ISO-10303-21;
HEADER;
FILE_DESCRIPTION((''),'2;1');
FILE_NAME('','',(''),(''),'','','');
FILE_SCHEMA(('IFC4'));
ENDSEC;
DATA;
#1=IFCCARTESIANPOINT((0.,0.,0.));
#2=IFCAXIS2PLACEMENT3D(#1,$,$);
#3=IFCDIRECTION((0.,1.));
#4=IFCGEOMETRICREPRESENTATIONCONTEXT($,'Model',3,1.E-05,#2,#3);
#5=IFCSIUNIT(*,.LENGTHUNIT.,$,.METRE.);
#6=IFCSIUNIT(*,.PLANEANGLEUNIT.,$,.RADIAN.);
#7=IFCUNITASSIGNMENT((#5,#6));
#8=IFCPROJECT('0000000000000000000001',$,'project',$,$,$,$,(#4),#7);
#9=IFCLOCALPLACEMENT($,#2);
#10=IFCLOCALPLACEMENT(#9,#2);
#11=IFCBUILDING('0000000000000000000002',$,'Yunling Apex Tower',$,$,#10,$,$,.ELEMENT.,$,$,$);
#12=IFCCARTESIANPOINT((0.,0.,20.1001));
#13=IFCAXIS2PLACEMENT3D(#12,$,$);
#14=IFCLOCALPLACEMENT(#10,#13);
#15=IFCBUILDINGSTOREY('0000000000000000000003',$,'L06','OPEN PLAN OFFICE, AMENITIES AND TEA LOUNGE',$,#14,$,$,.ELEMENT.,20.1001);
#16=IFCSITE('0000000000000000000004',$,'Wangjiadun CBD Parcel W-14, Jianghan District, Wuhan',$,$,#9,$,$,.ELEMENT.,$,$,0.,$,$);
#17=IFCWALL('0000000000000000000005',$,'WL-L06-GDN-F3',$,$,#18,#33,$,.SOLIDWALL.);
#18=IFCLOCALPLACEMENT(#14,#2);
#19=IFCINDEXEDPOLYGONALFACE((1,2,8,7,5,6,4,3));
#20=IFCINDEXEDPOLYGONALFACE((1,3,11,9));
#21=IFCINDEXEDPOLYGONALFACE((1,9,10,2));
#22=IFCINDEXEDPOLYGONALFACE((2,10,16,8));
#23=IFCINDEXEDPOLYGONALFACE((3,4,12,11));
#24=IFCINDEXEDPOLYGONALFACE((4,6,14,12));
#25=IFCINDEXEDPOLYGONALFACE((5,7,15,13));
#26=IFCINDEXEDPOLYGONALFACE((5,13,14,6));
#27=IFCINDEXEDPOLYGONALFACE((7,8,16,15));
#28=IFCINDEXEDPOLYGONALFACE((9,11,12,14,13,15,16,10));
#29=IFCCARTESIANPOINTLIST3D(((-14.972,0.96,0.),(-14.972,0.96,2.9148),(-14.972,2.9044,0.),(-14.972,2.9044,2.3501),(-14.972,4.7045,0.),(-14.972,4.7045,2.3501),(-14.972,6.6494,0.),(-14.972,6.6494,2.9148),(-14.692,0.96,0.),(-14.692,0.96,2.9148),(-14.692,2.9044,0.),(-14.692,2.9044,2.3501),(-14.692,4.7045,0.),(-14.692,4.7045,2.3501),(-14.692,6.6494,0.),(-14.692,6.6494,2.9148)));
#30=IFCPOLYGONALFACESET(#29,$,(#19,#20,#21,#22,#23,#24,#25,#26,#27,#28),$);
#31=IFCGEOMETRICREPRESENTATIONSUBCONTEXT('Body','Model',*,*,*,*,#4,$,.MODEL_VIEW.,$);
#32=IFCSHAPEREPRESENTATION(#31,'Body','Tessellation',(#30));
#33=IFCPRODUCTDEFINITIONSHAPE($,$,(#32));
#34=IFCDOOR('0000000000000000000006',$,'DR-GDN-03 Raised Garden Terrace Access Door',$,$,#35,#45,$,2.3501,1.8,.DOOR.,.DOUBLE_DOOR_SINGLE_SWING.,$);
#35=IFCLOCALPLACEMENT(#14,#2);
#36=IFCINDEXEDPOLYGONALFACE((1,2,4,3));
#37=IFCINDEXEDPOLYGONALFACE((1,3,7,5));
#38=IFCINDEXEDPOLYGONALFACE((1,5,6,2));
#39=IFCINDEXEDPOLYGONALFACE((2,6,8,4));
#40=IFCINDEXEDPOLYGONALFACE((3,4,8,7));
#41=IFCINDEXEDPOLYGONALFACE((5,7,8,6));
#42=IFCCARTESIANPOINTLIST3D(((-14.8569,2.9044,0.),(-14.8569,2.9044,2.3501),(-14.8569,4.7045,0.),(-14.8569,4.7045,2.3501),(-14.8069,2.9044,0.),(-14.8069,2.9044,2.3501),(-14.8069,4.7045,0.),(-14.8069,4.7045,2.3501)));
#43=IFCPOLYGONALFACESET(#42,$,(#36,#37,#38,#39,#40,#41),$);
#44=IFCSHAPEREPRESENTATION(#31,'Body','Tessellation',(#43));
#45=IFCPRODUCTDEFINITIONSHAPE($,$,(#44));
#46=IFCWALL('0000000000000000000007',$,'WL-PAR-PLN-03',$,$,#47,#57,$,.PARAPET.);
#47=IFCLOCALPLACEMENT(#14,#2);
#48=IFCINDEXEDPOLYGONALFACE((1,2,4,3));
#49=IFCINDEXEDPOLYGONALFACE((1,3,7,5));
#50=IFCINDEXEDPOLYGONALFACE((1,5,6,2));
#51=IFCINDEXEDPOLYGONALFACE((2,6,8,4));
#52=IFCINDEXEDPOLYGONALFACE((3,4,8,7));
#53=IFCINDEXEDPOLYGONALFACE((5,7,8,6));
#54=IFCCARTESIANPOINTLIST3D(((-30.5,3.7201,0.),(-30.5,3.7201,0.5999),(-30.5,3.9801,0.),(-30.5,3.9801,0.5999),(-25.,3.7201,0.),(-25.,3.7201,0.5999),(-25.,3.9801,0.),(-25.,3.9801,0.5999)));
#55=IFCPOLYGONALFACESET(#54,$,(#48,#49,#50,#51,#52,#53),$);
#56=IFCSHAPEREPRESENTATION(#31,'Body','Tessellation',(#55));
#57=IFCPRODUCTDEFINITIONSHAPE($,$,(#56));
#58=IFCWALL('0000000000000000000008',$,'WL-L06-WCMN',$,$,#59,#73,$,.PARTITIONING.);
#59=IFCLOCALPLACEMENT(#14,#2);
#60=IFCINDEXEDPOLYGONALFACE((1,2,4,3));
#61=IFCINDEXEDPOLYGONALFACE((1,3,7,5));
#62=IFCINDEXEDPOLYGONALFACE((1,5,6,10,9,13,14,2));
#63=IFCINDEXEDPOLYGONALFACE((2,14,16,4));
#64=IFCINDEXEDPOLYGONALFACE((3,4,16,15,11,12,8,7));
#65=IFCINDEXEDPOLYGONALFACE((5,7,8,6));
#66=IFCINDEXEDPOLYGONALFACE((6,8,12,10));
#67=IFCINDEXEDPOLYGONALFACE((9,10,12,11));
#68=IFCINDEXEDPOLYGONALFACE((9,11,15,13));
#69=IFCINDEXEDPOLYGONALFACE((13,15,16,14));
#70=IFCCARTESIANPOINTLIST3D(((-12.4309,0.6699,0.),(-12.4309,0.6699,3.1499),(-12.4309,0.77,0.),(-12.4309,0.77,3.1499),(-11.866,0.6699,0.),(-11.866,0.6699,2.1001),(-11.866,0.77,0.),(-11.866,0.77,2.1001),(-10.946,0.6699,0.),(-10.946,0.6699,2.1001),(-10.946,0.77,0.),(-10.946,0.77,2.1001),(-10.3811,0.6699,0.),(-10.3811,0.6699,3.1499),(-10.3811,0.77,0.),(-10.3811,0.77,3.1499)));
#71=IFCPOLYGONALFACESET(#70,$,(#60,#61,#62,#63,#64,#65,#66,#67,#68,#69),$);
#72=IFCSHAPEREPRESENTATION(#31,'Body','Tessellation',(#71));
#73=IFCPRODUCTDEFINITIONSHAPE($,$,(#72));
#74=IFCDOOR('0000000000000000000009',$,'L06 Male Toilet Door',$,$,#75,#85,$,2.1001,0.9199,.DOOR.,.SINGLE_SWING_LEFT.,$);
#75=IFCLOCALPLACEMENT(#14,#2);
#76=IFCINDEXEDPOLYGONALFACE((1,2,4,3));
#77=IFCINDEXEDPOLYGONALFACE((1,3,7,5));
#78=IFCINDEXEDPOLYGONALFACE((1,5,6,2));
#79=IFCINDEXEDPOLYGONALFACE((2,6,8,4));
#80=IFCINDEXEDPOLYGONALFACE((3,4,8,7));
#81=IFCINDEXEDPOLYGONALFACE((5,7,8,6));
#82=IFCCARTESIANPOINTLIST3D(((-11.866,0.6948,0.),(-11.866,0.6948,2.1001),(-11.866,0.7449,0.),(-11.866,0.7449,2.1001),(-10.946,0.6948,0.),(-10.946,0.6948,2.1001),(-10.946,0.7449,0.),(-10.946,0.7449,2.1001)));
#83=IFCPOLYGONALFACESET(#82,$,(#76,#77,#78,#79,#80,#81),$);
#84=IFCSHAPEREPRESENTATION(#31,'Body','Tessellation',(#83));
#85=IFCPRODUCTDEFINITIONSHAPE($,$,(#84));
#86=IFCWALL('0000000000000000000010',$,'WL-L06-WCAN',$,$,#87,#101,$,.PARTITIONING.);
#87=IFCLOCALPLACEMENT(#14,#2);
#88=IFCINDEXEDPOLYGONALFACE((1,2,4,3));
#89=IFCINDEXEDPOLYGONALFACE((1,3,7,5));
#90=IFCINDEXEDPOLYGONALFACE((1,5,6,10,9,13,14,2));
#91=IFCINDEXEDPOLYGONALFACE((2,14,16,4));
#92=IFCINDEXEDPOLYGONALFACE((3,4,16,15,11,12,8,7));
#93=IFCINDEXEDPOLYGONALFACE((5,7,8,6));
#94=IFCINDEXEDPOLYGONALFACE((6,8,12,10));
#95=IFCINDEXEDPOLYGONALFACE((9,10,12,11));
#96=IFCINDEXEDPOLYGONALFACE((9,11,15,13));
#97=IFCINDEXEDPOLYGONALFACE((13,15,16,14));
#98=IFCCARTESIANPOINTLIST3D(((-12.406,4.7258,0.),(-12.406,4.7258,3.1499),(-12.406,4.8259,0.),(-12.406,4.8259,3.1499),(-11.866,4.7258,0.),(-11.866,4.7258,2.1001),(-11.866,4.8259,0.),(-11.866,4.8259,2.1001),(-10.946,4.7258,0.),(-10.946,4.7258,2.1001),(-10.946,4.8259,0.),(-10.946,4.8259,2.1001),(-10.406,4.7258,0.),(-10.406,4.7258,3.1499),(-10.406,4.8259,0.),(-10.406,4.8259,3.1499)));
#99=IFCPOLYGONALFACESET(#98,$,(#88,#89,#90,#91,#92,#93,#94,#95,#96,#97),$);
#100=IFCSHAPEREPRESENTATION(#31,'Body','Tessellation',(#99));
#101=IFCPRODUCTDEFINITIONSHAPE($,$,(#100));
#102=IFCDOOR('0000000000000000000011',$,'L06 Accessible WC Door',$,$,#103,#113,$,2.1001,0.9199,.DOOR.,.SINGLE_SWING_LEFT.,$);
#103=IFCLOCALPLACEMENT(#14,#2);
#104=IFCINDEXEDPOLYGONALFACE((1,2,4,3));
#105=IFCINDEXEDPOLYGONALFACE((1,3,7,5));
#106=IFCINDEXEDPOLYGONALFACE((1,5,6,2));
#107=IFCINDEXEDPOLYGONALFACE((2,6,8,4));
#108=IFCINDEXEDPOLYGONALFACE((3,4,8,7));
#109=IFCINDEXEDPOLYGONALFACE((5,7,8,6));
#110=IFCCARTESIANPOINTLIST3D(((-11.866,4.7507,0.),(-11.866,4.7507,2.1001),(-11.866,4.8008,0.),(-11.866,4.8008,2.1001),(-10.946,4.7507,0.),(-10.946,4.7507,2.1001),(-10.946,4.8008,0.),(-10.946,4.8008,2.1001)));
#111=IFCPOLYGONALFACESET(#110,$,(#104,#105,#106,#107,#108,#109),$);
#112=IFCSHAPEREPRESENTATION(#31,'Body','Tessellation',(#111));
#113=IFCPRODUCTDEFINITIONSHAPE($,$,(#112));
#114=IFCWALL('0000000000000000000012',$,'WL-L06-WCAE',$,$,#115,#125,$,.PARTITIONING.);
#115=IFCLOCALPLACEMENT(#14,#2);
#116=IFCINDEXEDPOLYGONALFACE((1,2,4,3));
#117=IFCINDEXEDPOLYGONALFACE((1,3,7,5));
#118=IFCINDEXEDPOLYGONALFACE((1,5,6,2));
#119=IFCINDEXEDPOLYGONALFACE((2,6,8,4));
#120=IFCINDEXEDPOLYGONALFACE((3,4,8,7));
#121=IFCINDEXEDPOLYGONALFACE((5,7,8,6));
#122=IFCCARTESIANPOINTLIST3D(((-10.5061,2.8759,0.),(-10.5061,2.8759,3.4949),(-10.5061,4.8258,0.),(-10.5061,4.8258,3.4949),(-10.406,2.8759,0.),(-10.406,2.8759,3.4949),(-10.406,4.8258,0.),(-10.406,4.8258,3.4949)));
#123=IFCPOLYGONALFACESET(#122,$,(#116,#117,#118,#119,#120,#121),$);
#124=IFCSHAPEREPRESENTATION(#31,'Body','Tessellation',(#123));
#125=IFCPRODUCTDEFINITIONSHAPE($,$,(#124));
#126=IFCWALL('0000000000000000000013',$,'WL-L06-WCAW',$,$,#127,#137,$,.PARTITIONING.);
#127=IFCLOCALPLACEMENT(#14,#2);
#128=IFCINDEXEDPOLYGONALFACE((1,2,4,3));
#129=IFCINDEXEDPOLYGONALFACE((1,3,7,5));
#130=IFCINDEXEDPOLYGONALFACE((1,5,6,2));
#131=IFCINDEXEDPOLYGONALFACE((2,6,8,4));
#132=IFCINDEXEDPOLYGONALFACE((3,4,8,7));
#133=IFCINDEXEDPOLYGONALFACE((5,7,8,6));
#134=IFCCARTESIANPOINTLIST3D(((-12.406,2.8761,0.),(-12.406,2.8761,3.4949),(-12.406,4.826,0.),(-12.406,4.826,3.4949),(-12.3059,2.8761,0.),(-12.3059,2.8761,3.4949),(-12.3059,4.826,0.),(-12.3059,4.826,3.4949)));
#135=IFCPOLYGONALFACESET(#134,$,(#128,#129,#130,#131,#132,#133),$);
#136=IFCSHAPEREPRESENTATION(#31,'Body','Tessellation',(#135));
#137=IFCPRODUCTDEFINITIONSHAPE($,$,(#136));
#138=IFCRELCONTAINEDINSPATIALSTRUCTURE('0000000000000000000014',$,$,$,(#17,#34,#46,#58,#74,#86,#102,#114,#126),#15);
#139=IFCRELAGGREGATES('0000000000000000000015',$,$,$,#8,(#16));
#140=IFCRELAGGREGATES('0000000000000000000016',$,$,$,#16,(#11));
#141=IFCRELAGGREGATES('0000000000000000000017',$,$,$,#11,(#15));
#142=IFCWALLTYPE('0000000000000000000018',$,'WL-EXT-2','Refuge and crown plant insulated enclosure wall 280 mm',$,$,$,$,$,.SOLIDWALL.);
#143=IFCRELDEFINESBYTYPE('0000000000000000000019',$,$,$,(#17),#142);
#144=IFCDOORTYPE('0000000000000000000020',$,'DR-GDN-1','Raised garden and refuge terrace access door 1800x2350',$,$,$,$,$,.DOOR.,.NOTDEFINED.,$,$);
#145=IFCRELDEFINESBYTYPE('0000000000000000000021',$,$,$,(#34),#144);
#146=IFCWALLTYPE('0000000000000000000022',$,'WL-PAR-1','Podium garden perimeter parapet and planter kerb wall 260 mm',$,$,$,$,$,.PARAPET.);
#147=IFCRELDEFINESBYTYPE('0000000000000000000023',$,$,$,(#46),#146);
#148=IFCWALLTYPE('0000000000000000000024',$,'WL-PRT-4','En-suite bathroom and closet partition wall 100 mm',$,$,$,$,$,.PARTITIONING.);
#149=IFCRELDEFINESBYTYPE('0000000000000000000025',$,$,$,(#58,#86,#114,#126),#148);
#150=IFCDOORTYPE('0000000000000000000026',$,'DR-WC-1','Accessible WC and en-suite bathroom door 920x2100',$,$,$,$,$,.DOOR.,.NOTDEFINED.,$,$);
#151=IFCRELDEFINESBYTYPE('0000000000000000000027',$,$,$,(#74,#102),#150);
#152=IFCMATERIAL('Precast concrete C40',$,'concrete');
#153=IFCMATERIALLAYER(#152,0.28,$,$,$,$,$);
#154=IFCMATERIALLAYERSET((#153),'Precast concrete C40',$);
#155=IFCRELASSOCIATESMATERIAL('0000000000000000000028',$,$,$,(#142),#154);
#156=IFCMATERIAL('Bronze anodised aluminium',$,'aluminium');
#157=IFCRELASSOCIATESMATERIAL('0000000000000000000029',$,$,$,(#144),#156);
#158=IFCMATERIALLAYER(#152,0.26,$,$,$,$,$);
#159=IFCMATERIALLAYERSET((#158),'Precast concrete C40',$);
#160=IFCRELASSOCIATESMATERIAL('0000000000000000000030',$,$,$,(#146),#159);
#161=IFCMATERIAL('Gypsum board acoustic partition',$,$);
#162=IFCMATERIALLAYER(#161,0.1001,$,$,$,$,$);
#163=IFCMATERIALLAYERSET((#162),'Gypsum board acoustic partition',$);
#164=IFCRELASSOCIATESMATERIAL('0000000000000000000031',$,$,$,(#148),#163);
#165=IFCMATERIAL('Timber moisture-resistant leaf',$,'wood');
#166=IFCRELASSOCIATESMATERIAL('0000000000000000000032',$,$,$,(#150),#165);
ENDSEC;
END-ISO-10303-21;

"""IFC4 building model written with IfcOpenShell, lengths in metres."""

from ifc_helpers import new_model, si_unit, direction, frame, frame_2d, origin, place, context, subcontext, project, spatial, rectangle, extrude, material, layer, layer_set, type_object, element, fill, save


model = new_model("IFC4")

# Units and contexts
model_context = context("Model", 3, precision=1e-05, world=origin(), true_north=direction((0.0, 1.0)))
body_context = subcontext(model_context, "Body", "Model", "MODEL_VIEW")
ifc_project = project(units=[si_unit("LENGTHUNIT", "METRE"), si_unit("PLANEANGLEUNIT", "RADIAN")], contexts=[model_context])

# Site, building, storey
site_placement = place(None, origin())
site = spatial("IfcSite", under=ifc_project, at=site_placement, Name="Wangjiadun CBD Parcel W-14, Jianghan District, Wuhan", CompositionType="ELEMENT", RefElevation=0.0)
building_placement = place(site_placement, origin())
building = spatial("IfcBuilding", under=site, at=building_placement, Name="Yunling Apex Tower", CompositionType="ELEMENT")
storey_placement = place(building_placement, frame((0.0, 0.0, 20.1001)))
storey = spatial("IfcBuildingStorey", under=building, at=storey_placement, Name="L06", Description="OPEN PLAN OFFICE, AMENITIES AND TEA LOUNGE", CompositionType="ELEMENT", Elevation=20.1001)

# Shared definitions
ifc_material_1 = material(Name="Bronze anodised aluminium", Category="aluminium")

# Wall, opening, door
ifc_material_2 = material(Name="Precast concrete C40", Category="concrete")
ifc_layer_1 = layer(ifc_material_2, 0.28)
ifc_layer_set_1 = layer_set([ifc_layer_1], Name="Precast concrete C40")
wall_type_1 = type_object("IfcWallType", Name="WL-EXT-2", Description="Refuge and crown plant insulated enclosure wall 280 mm", PredefinedType="SOLIDWALL", material=ifc_layer_set_1)
wall_1_placement = place(storey_placement, frame((-14.832, 0.96, 0.0), z_axis=(0.0, 0.0, 1.0), x_axis=(0.0, 1.0, 0.0)))
wall_1 = element("IfcWall", 1, at=wall_1_placement, inside=storey, type_object=wall_type_1, Name="WL-L06-GDN-F3", PredefinedType="SOLIDWALL", context=body_context, shape_type="SweptSolid", body=[
    extrude(rectangle(XDim=5.6895, YDim=0.28, at=frame_2d((2.8447, 0.0))), origin(), (0.0, 0.0, 1.0), 2.9148),
])
opening_1_placement = place(wall_1_placement, frame((1.9446, 0.0, 0.0)))
opening_1 = element("IfcOpeningElement", 2, at=opening_1_placement, cuts=wall_1, PredefinedType="OPENING", context=body_context, shape_type="SweptSolid", body=[
    extrude(rectangle(XDim=1.8, YDim=2.3501, at=frame_2d((0.8999, 1.175))), frame((0.0, 0.1499, 0.0), z_axis=(0.0, -1.0, 0.0), x_axis=(1.0, 0.0, 0.0)), (0.0, 0.0, 1.0), 0.3),
])
door_type_1 = type_object("IfcDoorType", Name="DR-GDN-1", Description="Raised garden and refuge terrace access door 1800x2350", OperationType="NOTDEFINED", PredefinedType="DOOR", material=ifc_material_1)
door_1_placement = place(opening_1_placement, origin())
door_1 = element("IfcDoor", 3, at=door_1_placement, inside=storey, type_object=door_type_1, Name="DR-GDN-03 Raised Garden Terrace Access Door", OperationType="DOUBLE_DOOR_SINGLE_SWING", OverallHeight=2.3501, OverallWidth=1.8, PredefinedType="DOOR", context=body_context, shape_type="SweptSolid", body=[
    extrude(rectangle(XDim=1.8, YDim=2.3501, at=frame_2d((0.8999, 1.175))), frame((0.0, 0.0249, 0.0), z_axis=(0.0, -1.0, 0.0), x_axis=(1.0, 0.0, 0.0)), (0.0, 0.0, 1.0), 0.05),
])
fill(opening_1, door_1)

# Wall
ifc_layer_2 = layer(ifc_material_2, 0.26)
ifc_layer_set_2 = layer_set([ifc_layer_2], Name="Precast concrete C40")
wall_type_2 = type_object("IfcWallType", Name="WL-PAR-1", Description="Podium garden perimeter parapet and planter kerb wall 260 mm", PredefinedType="PARAPET", material=ifc_layer_set_2)
wall_2_placement = place(storey_placement, frame((-30.5, 3.8501, 0.0), z_axis=(0.0, 0.0, 1.0), x_axis=(1.0, 0.0, 0.0)))
element("IfcWall", 4, at=wall_2_placement, inside=storey, type_object=wall_type_2, Name="WL-PAR-PLN-03", PredefinedType="PARAPET", context=body_context, shape_type="SweptSolid", body=[
    extrude(rectangle(XDim=5.5, YDim=0.26, at=frame_2d((2.75, 0.0))), origin(), (0.0, 0.0, 1.0), 0.5999),
])

# Walls, openings, doors
ifc_material_3 = material(Name="Gypsum board acoustic partition")
ifc_layer_3 = layer(ifc_material_3, 0.1001)
ifc_layer_set_3 = layer_set([ifc_layer_3], Name="Gypsum board acoustic partition")
wall_type_3 = type_object("IfcWallType", Name="WL-PRT-4", Description="En-suite bathroom and closet partition wall 100 mm", PredefinedType="PARTITIONING", material=ifc_layer_set_3)
wall_3_placement = place(storey_placement, frame((-12.4309, 0.72, 0.0), z_axis=(0.0, 0.0, 1.0), x_axis=(1.0, 0.0, 0.0)))
wall_3 = element("IfcWall", 5, at=wall_3_placement, inside=storey, type_object=wall_type_3, Name="WL-L06-WCMN", PredefinedType="PARTITIONING", context=body_context, shape_type="SweptSolid", body=[
    extrude(rectangle(XDim=2.0498, YDim=0.1001, at=frame_2d((1.0249, 0.0))), origin(), (0.0, 0.0, 1.0), 3.1499),
])
opening_2_placement = place(wall_3_placement, frame((0.5649, 0.0, 0.0)))
opening_2 = element("IfcOpeningElement", 6, at=opening_2_placement, cuts=wall_3, PredefinedType="OPENING", context=body_context, shape_type="SweptSolid", body=[
    extrude(rectangle(XDim=0.9199, YDim=2.1001, at=frame_2d((0.46, 1.05))), frame((0.0, 0.0601, 0.0), z_axis=(0.0, -1.0, 0.0), x_axis=(1.0, 0.0, 0.0)), (0.0, 0.0, 1.0), 0.1201),
])
ifc_material_4 = material(Name="Timber moisture-resistant leaf", Category="wood")
door_type_2 = type_object("IfcDoorType", Name="DR-WC-1", Description="Accessible WC and en-suite bathroom door 920x2100", OperationType="NOTDEFINED", PredefinedType="DOOR", material=ifc_material_4)
door_2_placement = place(opening_2_placement, origin())
door_2 = element("IfcDoor", 7, at=door_2_placement, inside=storey, type_object=door_type_2, Name="L06 Male Toilet Door", OperationType="SINGLE_SWING_LEFT", OverallHeight=2.1001, OverallWidth=0.9199, PredefinedType="DOOR", context=body_context, shape_type="SweptSolid", body=[
    extrude(rectangle(XDim=0.9199, YDim=2.1001, at=frame_2d((0.46, 1.05))), frame((0.0, 0.0249, 0.0), z_axis=(0.0, -1.0, 0.0), x_axis=(1.0, 0.0, 0.0)), (0.0, 0.0, 1.0), 0.05),
])
fill(opening_2, door_2)
wall_4_placement = place(storey_placement, frame((-12.406, 4.7759, 0.0), z_axis=(0.0, 0.0, 1.0), x_axis=(1.0, 0.0, 0.0)))
wall_4 = element("IfcWall", 8, at=wall_4_placement, inside=storey, type_object=wall_type_3, Name="WL-L06-WCAN", PredefinedType="PARTITIONING", context=body_context, shape_type="SweptSolid", body=[
    extrude(rectangle(XDim=2.0, YDim=0.1001, at=frame_2d((1.0, 0.0))), origin(), (0.0, 0.0, 1.0), 3.1499),
])
opening_3_placement = place(wall_4_placement, frame((0.54, 0.0, 0.0)))
opening_3 = element("IfcOpeningElement", 9, at=opening_3_placement, cuts=wall_4, PredefinedType="OPENING", context=body_context, shape_type="SweptSolid", body=[
    extrude(rectangle(XDim=0.9199, YDim=2.1001, at=frame_2d((0.46, 1.05))), frame((0.0, 0.0601, 0.0), z_axis=(0.0, -1.0, 0.0), x_axis=(1.0, 0.0, 0.0)), (0.0, 0.0, 1.0), 0.1201),
])
door_3_placement = place(opening_3_placement, origin())
door_3 = element("IfcDoor", 10, at=door_3_placement, inside=storey, type_object=door_type_2, Name="L06 Accessible WC Door", OperationType="SINGLE_SWING_LEFT", OverallHeight=2.1001, OverallWidth=0.9199, PredefinedType="DOOR", context=body_context, shape_type="SweptSolid", body=[
    extrude(rectangle(XDim=0.9199, YDim=2.1001, at=frame_2d((0.46, 1.05))), frame((0.0, 0.0249, 0.0), z_axis=(0.0, -1.0, 0.0), x_axis=(1.0, 0.0, 0.0)), (0.0, 0.0, 1.0), 0.05),
])
fill(opening_3, door_3)

# Walls
for number, where, z_axis, x_axis, name in (
    (11, (-10.4561, 4.8259, 0.0), (0.0, 0.0, 1.0), (0.0, -1.0, 0.0), "WL-L06-WCAE"),
    (12, (-12.356, 2.876, 0.0), (0.0, 0.0, 1.0), (0.0, 1.0, 0.0), "WL-L06-WCAW"),
):
    element("IfcWall", number, at=place(storey_placement, frame(where, z_axis=z_axis, x_axis=x_axis)), inside=storey, type_object=wall_type_3, Name=name, PredefinedType="PARTITIONING", context=body_context, shape_type="SweptSolid", body=[
        extrude(rectangle(XDim=1.95, YDim=0.1001, at=frame_2d((0.9751, 0.0))), origin(), (0.0, 0.0, 1.0), 3.4949),
    ])

save(model, "model.ifc")
